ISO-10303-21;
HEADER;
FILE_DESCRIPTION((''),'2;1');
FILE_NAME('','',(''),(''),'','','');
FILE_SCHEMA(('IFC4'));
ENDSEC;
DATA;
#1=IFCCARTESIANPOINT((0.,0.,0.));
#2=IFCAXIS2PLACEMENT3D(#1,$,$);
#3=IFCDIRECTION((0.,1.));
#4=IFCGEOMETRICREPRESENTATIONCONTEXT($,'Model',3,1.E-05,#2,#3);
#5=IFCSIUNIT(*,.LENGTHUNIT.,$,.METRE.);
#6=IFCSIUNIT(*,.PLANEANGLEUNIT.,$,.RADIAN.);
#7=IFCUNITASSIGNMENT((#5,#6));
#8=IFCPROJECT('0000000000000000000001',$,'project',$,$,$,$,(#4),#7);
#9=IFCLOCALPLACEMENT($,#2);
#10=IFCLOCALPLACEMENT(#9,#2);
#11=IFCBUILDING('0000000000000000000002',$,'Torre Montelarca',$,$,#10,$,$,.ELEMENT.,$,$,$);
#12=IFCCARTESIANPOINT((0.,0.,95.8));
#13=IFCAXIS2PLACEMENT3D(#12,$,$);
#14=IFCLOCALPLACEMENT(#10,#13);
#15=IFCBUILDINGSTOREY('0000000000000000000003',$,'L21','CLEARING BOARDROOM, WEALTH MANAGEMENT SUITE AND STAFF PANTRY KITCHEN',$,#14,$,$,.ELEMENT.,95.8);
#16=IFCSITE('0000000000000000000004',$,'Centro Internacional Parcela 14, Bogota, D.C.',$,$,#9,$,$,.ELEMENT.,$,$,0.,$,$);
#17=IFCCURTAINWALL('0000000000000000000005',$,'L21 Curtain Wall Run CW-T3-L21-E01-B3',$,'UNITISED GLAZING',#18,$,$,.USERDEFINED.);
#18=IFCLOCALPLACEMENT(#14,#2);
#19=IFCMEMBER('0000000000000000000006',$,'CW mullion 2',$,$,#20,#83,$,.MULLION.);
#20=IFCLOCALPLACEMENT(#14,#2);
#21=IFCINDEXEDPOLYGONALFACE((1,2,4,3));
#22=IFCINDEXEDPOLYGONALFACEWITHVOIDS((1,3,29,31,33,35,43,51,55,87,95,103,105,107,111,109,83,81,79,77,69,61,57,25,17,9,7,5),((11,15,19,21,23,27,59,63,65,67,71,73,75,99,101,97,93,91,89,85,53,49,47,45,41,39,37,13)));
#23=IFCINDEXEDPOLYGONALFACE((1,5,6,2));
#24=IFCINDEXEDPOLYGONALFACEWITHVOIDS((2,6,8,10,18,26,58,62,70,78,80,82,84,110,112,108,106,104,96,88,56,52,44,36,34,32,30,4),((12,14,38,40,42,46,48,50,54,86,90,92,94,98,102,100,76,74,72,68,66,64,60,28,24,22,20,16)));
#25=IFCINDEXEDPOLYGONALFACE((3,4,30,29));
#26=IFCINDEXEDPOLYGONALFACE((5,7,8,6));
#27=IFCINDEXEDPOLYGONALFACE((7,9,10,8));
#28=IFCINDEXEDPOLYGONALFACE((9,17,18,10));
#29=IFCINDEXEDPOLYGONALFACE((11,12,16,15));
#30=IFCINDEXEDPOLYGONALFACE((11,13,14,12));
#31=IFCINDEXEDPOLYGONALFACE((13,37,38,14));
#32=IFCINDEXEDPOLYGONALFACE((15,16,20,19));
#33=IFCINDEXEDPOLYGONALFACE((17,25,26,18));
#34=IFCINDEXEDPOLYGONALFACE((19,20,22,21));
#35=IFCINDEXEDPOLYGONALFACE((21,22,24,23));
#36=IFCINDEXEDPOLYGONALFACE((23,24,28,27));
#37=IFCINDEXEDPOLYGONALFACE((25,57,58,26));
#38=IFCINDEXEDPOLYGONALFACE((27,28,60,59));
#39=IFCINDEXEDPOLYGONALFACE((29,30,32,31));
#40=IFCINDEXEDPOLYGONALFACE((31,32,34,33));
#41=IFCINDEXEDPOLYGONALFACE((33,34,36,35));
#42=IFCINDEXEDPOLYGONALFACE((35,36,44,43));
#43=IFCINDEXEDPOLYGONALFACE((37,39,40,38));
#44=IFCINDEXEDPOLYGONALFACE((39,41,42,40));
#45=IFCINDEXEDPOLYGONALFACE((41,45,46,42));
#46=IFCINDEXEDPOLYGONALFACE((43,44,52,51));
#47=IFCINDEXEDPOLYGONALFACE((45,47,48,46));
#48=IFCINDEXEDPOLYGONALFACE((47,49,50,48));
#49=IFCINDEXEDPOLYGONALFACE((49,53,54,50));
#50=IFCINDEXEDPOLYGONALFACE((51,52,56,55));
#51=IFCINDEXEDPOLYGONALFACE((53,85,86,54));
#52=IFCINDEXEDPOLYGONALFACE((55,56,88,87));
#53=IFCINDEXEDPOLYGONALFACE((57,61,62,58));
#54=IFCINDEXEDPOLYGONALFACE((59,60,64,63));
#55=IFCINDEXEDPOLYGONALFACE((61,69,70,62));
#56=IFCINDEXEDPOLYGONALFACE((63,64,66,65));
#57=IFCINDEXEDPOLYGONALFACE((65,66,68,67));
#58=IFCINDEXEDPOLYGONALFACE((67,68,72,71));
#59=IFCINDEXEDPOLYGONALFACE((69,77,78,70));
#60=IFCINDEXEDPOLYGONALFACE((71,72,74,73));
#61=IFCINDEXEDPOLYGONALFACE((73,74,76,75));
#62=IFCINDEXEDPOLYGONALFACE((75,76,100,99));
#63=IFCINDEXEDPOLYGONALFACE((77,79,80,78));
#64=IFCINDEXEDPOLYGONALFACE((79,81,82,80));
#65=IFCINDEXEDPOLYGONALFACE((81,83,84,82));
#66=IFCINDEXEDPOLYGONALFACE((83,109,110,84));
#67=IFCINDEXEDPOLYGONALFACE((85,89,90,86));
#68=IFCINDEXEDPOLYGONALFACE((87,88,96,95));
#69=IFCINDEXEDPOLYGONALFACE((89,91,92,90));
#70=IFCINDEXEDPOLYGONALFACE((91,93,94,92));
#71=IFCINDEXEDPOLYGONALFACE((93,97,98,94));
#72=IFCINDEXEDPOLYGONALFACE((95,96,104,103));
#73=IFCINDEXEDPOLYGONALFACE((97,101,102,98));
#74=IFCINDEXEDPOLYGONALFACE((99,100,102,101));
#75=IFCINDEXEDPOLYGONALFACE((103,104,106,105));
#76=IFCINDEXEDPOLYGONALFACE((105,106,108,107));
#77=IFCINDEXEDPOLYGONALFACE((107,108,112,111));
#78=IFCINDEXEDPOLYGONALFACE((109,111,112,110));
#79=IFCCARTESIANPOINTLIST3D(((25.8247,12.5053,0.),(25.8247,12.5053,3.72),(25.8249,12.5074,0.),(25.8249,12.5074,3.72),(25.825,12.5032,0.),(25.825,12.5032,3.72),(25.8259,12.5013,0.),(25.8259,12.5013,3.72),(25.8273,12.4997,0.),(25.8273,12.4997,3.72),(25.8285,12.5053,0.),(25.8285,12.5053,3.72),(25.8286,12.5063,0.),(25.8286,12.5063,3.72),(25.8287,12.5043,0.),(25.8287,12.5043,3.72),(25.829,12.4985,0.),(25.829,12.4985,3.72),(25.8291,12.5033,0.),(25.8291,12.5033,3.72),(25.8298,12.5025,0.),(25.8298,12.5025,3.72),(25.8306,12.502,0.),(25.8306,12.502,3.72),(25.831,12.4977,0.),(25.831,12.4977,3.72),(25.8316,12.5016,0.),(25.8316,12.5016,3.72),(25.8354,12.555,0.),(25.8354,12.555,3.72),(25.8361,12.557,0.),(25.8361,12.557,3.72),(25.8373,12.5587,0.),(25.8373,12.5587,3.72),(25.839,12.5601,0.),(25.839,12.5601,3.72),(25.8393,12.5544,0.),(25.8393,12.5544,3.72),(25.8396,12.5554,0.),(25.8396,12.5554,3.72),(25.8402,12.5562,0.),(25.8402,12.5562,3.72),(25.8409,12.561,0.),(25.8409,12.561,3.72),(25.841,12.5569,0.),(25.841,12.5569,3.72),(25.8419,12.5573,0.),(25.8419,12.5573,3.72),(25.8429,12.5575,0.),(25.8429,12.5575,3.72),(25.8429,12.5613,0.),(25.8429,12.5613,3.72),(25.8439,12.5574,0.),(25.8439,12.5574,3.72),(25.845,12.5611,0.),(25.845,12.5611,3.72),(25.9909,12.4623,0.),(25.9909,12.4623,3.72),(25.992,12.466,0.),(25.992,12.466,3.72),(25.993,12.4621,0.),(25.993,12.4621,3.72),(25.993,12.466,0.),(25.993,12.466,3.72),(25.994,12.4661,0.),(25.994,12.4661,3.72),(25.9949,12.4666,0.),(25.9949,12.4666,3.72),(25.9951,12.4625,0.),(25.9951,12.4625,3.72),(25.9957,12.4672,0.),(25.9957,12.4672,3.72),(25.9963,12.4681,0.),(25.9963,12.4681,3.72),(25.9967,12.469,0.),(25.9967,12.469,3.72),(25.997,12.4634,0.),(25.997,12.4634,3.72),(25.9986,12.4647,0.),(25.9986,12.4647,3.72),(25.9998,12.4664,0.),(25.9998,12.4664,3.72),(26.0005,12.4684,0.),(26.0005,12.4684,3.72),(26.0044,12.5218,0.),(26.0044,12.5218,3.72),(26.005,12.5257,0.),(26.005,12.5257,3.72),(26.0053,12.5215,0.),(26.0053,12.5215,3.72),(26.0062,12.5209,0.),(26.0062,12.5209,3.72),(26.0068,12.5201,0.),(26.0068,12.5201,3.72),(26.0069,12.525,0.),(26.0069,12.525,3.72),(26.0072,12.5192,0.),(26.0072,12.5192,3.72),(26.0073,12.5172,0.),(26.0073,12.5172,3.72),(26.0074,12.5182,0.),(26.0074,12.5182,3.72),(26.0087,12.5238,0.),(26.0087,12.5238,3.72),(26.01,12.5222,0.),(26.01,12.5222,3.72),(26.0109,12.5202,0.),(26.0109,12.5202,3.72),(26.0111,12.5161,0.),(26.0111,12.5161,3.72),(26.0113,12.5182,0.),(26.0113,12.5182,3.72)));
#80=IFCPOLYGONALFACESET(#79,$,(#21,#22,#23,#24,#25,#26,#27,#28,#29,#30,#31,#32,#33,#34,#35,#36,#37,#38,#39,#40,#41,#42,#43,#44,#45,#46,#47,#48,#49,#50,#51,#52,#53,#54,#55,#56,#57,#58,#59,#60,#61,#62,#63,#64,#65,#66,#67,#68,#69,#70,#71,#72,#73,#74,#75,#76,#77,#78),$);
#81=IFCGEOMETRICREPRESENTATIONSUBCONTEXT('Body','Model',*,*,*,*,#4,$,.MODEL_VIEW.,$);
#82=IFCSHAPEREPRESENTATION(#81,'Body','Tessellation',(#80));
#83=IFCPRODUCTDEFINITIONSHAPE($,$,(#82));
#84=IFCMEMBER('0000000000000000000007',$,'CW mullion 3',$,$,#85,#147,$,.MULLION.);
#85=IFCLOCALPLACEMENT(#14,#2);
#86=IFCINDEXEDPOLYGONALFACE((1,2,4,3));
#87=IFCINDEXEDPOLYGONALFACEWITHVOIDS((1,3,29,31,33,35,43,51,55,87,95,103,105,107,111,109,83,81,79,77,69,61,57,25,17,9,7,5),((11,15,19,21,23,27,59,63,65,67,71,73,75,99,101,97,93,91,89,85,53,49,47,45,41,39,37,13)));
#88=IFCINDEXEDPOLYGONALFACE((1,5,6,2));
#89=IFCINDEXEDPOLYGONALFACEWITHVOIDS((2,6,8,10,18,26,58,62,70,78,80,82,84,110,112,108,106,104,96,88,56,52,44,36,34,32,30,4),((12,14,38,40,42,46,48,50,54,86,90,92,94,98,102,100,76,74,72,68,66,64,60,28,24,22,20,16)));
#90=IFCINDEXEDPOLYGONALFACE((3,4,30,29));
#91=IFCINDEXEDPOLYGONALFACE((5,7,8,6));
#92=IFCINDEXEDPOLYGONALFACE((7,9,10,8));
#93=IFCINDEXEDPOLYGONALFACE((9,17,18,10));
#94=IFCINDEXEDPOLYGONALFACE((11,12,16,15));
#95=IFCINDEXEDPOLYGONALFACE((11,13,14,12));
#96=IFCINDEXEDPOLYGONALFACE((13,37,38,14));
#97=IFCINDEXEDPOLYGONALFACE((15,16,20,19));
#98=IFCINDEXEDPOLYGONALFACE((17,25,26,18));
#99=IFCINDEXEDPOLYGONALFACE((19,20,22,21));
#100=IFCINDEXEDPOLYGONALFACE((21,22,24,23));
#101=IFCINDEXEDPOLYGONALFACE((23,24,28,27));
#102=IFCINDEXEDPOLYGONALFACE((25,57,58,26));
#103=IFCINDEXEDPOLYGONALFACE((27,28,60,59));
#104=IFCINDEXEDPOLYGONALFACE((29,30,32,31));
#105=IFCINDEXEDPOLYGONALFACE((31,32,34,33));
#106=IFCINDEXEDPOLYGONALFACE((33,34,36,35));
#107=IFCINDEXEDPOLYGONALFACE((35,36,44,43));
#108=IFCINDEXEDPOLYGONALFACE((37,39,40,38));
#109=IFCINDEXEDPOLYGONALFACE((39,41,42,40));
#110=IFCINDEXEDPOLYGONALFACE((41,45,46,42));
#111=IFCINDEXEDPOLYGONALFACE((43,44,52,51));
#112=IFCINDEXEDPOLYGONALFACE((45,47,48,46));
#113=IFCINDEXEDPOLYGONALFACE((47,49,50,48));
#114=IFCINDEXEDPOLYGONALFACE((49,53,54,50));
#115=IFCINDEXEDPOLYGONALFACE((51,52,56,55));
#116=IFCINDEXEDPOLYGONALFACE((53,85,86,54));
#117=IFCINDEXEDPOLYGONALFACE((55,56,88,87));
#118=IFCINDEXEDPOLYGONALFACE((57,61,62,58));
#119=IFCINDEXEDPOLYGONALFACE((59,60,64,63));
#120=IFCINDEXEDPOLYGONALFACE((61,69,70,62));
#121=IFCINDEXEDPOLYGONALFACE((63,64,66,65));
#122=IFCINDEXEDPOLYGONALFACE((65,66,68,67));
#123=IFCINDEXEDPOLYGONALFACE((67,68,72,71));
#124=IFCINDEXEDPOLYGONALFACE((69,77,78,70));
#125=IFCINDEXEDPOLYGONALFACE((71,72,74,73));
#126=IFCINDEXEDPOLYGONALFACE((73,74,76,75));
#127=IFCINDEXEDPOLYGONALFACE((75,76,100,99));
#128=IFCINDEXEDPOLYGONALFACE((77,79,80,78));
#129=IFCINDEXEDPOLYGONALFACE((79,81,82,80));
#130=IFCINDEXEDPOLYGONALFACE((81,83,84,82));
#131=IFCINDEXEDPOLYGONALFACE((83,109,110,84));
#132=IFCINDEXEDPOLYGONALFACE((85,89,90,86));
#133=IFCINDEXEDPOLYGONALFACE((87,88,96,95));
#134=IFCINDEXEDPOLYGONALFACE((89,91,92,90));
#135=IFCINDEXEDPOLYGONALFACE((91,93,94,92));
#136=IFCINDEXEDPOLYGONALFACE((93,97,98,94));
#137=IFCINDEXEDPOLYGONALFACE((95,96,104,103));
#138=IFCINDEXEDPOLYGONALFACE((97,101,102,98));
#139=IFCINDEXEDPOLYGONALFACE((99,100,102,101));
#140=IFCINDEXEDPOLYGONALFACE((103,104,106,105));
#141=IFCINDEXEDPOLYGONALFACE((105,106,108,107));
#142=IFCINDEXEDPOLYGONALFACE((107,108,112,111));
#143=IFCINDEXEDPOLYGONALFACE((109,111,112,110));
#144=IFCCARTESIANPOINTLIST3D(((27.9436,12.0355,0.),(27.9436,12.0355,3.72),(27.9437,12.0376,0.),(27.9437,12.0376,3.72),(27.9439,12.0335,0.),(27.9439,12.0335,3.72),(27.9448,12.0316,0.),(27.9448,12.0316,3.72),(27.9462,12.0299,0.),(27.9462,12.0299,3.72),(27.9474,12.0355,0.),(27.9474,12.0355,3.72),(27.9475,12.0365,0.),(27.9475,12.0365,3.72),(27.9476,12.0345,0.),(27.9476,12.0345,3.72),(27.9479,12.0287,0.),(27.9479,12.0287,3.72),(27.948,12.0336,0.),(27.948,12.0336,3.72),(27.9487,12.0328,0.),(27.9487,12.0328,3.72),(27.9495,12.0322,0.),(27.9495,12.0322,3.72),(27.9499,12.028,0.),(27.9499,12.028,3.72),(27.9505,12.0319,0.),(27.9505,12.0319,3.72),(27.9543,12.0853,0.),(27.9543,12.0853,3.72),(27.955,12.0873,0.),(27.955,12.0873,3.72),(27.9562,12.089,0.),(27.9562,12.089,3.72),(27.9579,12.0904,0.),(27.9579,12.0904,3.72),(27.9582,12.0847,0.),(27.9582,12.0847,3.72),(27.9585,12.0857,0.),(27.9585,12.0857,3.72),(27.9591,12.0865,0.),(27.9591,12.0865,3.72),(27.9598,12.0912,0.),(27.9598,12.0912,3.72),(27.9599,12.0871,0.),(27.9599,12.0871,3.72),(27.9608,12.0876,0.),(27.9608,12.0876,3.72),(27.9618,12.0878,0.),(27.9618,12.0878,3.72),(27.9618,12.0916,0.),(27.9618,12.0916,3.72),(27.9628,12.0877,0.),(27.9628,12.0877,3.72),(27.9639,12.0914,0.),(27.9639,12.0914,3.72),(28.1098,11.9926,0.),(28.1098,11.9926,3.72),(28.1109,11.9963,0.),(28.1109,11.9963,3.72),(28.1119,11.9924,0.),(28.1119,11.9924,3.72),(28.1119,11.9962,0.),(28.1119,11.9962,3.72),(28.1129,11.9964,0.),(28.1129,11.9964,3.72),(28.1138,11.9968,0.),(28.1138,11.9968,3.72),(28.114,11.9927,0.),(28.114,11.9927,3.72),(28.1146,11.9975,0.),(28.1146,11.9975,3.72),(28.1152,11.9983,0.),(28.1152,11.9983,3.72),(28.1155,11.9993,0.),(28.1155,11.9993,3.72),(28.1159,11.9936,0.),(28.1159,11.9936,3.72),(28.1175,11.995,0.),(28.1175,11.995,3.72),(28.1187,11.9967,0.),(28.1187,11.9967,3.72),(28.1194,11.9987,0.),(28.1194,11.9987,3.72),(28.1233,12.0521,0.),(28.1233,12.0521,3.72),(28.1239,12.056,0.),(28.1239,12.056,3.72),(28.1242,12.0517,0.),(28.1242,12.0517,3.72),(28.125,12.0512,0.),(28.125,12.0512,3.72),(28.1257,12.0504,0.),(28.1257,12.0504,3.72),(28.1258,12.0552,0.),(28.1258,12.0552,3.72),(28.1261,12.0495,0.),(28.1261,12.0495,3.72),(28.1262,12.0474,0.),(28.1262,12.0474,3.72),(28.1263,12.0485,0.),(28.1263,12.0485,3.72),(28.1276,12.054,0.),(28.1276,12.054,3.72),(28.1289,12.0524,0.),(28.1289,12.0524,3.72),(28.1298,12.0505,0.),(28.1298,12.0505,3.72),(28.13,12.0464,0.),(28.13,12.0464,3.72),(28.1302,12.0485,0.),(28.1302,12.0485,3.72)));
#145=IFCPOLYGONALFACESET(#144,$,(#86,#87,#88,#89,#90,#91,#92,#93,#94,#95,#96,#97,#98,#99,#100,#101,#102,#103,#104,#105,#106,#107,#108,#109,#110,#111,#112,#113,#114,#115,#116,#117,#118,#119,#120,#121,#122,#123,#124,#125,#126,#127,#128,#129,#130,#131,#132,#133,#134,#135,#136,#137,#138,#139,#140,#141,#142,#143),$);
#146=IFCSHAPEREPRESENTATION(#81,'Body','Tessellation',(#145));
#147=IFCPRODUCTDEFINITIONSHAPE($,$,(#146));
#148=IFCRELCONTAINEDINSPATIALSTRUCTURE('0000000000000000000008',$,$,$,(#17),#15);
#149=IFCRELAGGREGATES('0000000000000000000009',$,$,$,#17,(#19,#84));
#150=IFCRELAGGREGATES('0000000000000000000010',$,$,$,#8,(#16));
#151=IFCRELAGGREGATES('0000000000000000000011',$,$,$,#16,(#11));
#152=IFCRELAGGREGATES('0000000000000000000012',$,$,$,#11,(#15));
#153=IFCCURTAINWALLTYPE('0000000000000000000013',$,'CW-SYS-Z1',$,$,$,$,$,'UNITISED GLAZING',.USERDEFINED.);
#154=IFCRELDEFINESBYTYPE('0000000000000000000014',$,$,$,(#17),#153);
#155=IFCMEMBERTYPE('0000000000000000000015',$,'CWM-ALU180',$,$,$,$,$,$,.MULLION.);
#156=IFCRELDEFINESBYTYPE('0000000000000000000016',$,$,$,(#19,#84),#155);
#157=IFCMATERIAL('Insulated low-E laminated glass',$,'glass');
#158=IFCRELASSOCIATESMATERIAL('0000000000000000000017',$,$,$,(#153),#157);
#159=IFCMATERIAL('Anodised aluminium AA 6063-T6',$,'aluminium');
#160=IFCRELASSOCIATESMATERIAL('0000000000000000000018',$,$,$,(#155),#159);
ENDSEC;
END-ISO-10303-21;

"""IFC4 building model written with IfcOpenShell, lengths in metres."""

from ifc_helpers import new_model, si_unit, direction, frame, origin, origin_2d, place, context, subcontext, project, spatial, hollow_rectangle, extrude, source, transform, mapped, material, material_profile, profile_set, type_object, element, aggregate, save


model = new_model("IFC4")

# Units and contexts
model_context = context("Model", 3, precision=1e-05, world=origin(), true_north=direction((0.0, 1.0)))
body_context = subcontext(model_context, "Body", "Model", "MODEL_VIEW")
ifc_project = project(units=[si_unit("LENGTHUNIT", "METRE"), si_unit("PLANEANGLEUNIT", "RADIAN")], contexts=[model_context])

# Site, building, storey
site_placement = place(None, origin())
site = spatial("IfcSite", under=ifc_project, at=site_placement, Name="Centro Internacional Parcela 14, Bogota, D.C.", CompositionType="ELEMENT", RefElevation=0.0)
building_placement = place(site_placement, origin())
building = spatial("IfcBuilding", under=site, at=building_placement, Name="Torre Montelarca", CompositionType="ELEMENT")
storey_placement = place(building_placement, frame((0.0, 0.0, 95.8)))
storey = spatial("IfcBuildingStorey", under=building, at=storey_placement, Name="L21", Description="CLEARING BOARDROOM, WEALTH MANAGEMENT SUITE AND STAFF PANTRY KITCHEN", CompositionType="ELEMENT", Elevation=95.8)

# Shared definitions
ifc_material_1 = material(Name="Insulated low-E laminated glass", Category="glass")
curtain_wall_type = type_object("IfcCurtainWallType", Name="CW-SYS-Z1", ElementType="UNITISED GLAZING", PredefinedType="USERDEFINED", material=ifc_material_1)
ifc_material_2 = material(Name="Anodised aluminium AA 6063-T6", Category="aluminium")

# Curtain wall
curtain_wall_1_placement = place(storey_placement, origin())
curtain_wall_1 = element("IfcCurtainWall", 1, at=curtain_wall_1_placement, inside=storey, type_object=curtain_wall_type, Name="L21 Curtain Wall Run CW-T3-L21-E01-B3", ObjectType="UNITISED GLAZING", PredefinedType="USERDEFINED")

# Members
ifc_material_profile_1 = material_profile(ifc_material_2, hollow_rectangle(XDim=0.0649, YDim=0.1799, WallThickness=0.0039, InnerFilletRadius=0.0039, OuterFilletRadius=0.0081, at=origin_2d()), Name="ALU65X180X4", Category="aluminium")
ifc_profile_set_1 = profile_set([ifc_material_profile_1], Name="Anodised aluminium AA 6063-T6")
member_type_1 = type_object("IfcMemberType", Name="CWM-ALU180", PredefinedType="MULLION", material=ifc_profile_set_1)
shared_shape_1 = source(origin(), body_context, "Body", "SweptSolid", [
    extrude(hollow_rectangle(XDim=0.0649, YDim=0.1799, WallThickness=0.0039, InnerFilletRadius=0.0039, OuterFilletRadius=0.0081, at=origin_2d()), origin(), (0.0, 0.0, 1.0), 3.72),
])
member_1_placement = place(storey_placement, frame((25.918, 12.5117, 0.0), z_axis=(0.0, 0.0, 1.0), x_axis=(0.216445, 0.976295, 0.0)))
member_1 = element("IfcMember", 2, at=member_1_placement, type_object=member_type_1, Name="CW mullion 2", PredefinedType="MULLION", context=body_context, shape_type="MappedRepresentation", body=[
    mapped(shared_shape_1, transform((0.0, 0.0, 0.0), scale=1.0)),
])
member_2_placement = place(storey_placement, frame((28.0369, 12.042, 0.0), z_axis=(0.0, 0.0, 1.0), x_axis=(0.216445, 0.976295, 0.0)))
member_2 = element("IfcMember", 3, at=member_2_placement, type_object=member_type_1, Name="CW mullion 3", PredefinedType="MULLION", context=body_context, shape_type="MappedRepresentation", body=[
    mapped(shared_shape_1, transform((0.0, 0.0, 0.0), scale=1.0)),
])

aggregate(curtain_wall_1, [member_1, member_2])

save(model, "model.ifc")
